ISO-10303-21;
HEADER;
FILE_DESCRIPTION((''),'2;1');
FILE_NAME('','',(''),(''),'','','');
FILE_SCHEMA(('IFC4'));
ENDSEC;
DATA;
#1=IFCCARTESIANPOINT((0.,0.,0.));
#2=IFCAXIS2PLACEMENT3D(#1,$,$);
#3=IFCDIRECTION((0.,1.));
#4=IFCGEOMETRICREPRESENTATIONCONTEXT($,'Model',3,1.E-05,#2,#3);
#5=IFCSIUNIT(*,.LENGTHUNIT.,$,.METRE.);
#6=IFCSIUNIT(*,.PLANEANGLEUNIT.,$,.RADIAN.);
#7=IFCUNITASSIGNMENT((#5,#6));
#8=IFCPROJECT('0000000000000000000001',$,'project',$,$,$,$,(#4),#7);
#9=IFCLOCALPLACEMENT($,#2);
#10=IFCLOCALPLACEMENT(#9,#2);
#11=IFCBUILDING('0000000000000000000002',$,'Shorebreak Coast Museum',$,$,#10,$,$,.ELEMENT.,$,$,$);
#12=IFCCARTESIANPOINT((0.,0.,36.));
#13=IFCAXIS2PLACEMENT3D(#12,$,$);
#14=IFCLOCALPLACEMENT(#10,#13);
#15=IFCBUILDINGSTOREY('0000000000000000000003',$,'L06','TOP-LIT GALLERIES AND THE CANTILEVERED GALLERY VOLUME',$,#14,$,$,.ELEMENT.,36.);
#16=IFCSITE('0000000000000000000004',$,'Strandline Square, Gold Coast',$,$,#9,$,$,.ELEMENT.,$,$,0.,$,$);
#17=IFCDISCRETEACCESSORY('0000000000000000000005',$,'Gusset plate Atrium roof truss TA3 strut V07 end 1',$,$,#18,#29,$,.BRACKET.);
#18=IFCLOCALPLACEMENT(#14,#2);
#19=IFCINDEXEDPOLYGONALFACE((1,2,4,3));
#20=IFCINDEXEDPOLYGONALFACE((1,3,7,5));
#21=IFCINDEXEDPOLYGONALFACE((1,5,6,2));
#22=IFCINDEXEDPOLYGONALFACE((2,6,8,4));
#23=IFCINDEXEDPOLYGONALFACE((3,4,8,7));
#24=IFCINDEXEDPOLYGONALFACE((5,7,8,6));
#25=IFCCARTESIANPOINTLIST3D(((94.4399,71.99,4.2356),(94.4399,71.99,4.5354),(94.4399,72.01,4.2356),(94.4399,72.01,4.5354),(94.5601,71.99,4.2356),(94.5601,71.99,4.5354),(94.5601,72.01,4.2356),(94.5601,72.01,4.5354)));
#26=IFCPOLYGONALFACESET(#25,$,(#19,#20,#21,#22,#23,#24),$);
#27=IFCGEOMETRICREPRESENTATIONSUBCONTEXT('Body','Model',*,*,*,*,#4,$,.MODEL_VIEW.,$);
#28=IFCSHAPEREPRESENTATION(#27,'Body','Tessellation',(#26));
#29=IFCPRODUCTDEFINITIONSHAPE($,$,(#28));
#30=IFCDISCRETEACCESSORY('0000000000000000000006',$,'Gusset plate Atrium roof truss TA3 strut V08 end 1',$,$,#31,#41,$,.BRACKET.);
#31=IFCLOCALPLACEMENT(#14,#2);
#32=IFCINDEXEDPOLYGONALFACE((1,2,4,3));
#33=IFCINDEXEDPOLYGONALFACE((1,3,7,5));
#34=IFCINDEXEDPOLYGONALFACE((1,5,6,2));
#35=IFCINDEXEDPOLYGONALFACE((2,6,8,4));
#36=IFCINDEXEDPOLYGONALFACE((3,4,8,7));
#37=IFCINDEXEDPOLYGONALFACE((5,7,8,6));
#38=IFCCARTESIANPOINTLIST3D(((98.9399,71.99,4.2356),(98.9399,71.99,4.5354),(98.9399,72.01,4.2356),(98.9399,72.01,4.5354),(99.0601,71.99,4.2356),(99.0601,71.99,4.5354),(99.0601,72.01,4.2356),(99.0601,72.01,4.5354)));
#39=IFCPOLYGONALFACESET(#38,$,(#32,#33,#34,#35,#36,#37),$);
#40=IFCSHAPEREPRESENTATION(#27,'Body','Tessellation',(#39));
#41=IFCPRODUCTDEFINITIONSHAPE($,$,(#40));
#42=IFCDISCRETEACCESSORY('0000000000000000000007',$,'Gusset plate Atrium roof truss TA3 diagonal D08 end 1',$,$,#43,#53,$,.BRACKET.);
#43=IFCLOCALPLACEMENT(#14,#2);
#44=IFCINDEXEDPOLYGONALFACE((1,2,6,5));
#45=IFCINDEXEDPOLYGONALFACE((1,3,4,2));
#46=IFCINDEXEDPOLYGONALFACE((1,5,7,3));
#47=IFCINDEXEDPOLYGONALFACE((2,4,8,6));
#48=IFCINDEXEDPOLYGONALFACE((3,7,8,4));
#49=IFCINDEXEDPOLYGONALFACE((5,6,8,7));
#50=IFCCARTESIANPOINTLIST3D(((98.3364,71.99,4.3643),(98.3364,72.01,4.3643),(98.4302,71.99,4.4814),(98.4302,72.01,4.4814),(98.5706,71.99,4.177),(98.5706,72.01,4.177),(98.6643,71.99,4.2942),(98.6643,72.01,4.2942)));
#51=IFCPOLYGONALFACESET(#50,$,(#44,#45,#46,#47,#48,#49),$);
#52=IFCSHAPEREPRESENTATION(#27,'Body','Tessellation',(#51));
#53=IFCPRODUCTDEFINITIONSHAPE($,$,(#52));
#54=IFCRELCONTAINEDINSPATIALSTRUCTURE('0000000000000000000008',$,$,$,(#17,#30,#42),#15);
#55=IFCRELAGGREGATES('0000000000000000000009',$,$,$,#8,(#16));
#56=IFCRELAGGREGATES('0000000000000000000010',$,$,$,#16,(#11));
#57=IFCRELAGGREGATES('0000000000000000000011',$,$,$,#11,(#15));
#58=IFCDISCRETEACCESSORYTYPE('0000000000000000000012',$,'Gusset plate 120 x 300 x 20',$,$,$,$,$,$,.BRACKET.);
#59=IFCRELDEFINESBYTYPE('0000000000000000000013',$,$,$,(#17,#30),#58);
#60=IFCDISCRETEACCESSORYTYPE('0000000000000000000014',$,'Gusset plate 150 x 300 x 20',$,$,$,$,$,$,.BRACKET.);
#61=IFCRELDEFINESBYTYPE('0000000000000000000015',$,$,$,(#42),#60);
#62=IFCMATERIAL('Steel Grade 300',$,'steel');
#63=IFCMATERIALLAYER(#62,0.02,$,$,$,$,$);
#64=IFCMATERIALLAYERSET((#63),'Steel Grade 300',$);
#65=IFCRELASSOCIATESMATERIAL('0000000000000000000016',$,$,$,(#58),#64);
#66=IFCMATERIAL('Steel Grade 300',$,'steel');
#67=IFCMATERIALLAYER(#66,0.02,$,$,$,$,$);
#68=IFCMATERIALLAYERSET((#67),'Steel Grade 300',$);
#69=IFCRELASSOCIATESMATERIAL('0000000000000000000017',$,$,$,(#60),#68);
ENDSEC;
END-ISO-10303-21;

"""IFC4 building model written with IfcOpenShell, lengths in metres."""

from ifc_helpers import new_model, si_unit, direction, frame, origin, place, context, subcontext, project, spatial, polyline, outline, extrude, material, layer, layer_set, type_object, element, save


model = new_model("IFC4")

# Units and contexts
model_context = context("Model", 3, precision=1e-05, world=origin(), true_north=direction((0.0, 1.0)))
body_context = subcontext(model_context, "Body", "Model", "MODEL_VIEW")
ifc_project = project(units=[si_unit("LENGTHUNIT", "METRE"), si_unit("PLANEANGLEUNIT", "RADIAN")], contexts=[model_context])

# Site, building, storey
site_placement = place(None, origin())
site = spatial("IfcSite", under=ifc_project, at=site_placement, Name="Strandline Square, Gold Coast", CompositionType="ELEMENT", RefElevation=0.0)
building_placement = place(site_placement, origin())
building = spatial("IfcBuilding", under=site, at=building_placement, Name="Shorebreak Coast Museum", CompositionType="ELEMENT")
storey_placement = place(building_placement, frame((0.0, 0.0, 36.0)))
storey = spatial("IfcBuildingStorey", under=building, at=storey_placement, Name="L06", Description="TOP-LIT GALLERIES AND THE CANTILEVERED GALLERY VOLUME", CompositionType="ELEMENT", Elevation=36.0)

# Discrete accessories
ifc_material_1 = material(Name="Steel Grade 300", Category="steel")
ifc_layer_1 = layer(ifc_material_1, 0.02)
ifc_layer_set_1 = layer_set([ifc_layer_1], Name="Steel Grade 300")
discrete_accessory_type_1 = type_object("IfcDiscreteAccessoryType", Name="Gusset plate 120 x 300 x 20", PredefinedType="BRACKET", material=ifc_layer_set_1)
for number, where, z_axis, x_axis, name in (
    (1, (94.4399, 71.99, 4.2356), (0.0, -1.0, 0.0), (1.0, 0.0, 0.0), "Gusset plate Atrium roof truss TA3 strut V07 end 1"),
    (2, (98.9399, 71.99, 4.2356), (0.0, -1.0, 0.0), (1.0, 0.0, 0.0), "Gusset plate Atrium roof truss TA3 strut V08 end 1"),
):
    element("IfcDiscreteAccessory", number, at=place(storey_placement, frame(where, z_axis=z_axis, x_axis=x_axis)), inside=storey, type_object=discrete_accessory_type_1, Name=name, PredefinedType="BRACKET", context=body_context, shape_type="SweptSolid", body=[
        extrude(outline(polyline([(0.0, 0.0), (0.1201, 0.0), (0.1201, 0.2998), (0.0, 0.2998), (0.0, 0.0)])), origin(), (0.0, 0.0, -1.0), 0.02),
    ])
ifc_material_2 = material(Name="Steel Grade 300", Category="steel")
ifc_layer_2 = layer(ifc_material_2, 0.02)
ifc_layer_set_2 = layer_set([ifc_layer_2], Name="Steel Grade 300")
discrete_accessory_type_2 = type_object("IfcDiscreteAccessoryType", Name="Gusset plate 150 x 300 x 20", PredefinedType="BRACKET", material=ifc_layer_set_2)
discrete_accessory_placement = place(storey_placement, frame((98.5706, 71.99, 4.177), z_axis=(0.0, -1.0, 0.0), x_axis=(0.624695, 0.0, 0.780869)))
element("IfcDiscreteAccessory", 3, at=discrete_accessory_placement, inside=storey, type_object=discrete_accessory_type_2, Name="Gusset plate Atrium roof truss TA3 diagonal D08 end 1", PredefinedType="BRACKET", context=body_context, shape_type="SweptSolid", body=[
    extrude(outline(polyline([(0.0, 0.0), (0.1501, 0.0), (0.15, 0.2998), (0.0, 0.2998), (0.0, 0.0)])), origin(), (0.0, 0.0, -1.0), 0.02),
])

save(model, "model.ifc")
